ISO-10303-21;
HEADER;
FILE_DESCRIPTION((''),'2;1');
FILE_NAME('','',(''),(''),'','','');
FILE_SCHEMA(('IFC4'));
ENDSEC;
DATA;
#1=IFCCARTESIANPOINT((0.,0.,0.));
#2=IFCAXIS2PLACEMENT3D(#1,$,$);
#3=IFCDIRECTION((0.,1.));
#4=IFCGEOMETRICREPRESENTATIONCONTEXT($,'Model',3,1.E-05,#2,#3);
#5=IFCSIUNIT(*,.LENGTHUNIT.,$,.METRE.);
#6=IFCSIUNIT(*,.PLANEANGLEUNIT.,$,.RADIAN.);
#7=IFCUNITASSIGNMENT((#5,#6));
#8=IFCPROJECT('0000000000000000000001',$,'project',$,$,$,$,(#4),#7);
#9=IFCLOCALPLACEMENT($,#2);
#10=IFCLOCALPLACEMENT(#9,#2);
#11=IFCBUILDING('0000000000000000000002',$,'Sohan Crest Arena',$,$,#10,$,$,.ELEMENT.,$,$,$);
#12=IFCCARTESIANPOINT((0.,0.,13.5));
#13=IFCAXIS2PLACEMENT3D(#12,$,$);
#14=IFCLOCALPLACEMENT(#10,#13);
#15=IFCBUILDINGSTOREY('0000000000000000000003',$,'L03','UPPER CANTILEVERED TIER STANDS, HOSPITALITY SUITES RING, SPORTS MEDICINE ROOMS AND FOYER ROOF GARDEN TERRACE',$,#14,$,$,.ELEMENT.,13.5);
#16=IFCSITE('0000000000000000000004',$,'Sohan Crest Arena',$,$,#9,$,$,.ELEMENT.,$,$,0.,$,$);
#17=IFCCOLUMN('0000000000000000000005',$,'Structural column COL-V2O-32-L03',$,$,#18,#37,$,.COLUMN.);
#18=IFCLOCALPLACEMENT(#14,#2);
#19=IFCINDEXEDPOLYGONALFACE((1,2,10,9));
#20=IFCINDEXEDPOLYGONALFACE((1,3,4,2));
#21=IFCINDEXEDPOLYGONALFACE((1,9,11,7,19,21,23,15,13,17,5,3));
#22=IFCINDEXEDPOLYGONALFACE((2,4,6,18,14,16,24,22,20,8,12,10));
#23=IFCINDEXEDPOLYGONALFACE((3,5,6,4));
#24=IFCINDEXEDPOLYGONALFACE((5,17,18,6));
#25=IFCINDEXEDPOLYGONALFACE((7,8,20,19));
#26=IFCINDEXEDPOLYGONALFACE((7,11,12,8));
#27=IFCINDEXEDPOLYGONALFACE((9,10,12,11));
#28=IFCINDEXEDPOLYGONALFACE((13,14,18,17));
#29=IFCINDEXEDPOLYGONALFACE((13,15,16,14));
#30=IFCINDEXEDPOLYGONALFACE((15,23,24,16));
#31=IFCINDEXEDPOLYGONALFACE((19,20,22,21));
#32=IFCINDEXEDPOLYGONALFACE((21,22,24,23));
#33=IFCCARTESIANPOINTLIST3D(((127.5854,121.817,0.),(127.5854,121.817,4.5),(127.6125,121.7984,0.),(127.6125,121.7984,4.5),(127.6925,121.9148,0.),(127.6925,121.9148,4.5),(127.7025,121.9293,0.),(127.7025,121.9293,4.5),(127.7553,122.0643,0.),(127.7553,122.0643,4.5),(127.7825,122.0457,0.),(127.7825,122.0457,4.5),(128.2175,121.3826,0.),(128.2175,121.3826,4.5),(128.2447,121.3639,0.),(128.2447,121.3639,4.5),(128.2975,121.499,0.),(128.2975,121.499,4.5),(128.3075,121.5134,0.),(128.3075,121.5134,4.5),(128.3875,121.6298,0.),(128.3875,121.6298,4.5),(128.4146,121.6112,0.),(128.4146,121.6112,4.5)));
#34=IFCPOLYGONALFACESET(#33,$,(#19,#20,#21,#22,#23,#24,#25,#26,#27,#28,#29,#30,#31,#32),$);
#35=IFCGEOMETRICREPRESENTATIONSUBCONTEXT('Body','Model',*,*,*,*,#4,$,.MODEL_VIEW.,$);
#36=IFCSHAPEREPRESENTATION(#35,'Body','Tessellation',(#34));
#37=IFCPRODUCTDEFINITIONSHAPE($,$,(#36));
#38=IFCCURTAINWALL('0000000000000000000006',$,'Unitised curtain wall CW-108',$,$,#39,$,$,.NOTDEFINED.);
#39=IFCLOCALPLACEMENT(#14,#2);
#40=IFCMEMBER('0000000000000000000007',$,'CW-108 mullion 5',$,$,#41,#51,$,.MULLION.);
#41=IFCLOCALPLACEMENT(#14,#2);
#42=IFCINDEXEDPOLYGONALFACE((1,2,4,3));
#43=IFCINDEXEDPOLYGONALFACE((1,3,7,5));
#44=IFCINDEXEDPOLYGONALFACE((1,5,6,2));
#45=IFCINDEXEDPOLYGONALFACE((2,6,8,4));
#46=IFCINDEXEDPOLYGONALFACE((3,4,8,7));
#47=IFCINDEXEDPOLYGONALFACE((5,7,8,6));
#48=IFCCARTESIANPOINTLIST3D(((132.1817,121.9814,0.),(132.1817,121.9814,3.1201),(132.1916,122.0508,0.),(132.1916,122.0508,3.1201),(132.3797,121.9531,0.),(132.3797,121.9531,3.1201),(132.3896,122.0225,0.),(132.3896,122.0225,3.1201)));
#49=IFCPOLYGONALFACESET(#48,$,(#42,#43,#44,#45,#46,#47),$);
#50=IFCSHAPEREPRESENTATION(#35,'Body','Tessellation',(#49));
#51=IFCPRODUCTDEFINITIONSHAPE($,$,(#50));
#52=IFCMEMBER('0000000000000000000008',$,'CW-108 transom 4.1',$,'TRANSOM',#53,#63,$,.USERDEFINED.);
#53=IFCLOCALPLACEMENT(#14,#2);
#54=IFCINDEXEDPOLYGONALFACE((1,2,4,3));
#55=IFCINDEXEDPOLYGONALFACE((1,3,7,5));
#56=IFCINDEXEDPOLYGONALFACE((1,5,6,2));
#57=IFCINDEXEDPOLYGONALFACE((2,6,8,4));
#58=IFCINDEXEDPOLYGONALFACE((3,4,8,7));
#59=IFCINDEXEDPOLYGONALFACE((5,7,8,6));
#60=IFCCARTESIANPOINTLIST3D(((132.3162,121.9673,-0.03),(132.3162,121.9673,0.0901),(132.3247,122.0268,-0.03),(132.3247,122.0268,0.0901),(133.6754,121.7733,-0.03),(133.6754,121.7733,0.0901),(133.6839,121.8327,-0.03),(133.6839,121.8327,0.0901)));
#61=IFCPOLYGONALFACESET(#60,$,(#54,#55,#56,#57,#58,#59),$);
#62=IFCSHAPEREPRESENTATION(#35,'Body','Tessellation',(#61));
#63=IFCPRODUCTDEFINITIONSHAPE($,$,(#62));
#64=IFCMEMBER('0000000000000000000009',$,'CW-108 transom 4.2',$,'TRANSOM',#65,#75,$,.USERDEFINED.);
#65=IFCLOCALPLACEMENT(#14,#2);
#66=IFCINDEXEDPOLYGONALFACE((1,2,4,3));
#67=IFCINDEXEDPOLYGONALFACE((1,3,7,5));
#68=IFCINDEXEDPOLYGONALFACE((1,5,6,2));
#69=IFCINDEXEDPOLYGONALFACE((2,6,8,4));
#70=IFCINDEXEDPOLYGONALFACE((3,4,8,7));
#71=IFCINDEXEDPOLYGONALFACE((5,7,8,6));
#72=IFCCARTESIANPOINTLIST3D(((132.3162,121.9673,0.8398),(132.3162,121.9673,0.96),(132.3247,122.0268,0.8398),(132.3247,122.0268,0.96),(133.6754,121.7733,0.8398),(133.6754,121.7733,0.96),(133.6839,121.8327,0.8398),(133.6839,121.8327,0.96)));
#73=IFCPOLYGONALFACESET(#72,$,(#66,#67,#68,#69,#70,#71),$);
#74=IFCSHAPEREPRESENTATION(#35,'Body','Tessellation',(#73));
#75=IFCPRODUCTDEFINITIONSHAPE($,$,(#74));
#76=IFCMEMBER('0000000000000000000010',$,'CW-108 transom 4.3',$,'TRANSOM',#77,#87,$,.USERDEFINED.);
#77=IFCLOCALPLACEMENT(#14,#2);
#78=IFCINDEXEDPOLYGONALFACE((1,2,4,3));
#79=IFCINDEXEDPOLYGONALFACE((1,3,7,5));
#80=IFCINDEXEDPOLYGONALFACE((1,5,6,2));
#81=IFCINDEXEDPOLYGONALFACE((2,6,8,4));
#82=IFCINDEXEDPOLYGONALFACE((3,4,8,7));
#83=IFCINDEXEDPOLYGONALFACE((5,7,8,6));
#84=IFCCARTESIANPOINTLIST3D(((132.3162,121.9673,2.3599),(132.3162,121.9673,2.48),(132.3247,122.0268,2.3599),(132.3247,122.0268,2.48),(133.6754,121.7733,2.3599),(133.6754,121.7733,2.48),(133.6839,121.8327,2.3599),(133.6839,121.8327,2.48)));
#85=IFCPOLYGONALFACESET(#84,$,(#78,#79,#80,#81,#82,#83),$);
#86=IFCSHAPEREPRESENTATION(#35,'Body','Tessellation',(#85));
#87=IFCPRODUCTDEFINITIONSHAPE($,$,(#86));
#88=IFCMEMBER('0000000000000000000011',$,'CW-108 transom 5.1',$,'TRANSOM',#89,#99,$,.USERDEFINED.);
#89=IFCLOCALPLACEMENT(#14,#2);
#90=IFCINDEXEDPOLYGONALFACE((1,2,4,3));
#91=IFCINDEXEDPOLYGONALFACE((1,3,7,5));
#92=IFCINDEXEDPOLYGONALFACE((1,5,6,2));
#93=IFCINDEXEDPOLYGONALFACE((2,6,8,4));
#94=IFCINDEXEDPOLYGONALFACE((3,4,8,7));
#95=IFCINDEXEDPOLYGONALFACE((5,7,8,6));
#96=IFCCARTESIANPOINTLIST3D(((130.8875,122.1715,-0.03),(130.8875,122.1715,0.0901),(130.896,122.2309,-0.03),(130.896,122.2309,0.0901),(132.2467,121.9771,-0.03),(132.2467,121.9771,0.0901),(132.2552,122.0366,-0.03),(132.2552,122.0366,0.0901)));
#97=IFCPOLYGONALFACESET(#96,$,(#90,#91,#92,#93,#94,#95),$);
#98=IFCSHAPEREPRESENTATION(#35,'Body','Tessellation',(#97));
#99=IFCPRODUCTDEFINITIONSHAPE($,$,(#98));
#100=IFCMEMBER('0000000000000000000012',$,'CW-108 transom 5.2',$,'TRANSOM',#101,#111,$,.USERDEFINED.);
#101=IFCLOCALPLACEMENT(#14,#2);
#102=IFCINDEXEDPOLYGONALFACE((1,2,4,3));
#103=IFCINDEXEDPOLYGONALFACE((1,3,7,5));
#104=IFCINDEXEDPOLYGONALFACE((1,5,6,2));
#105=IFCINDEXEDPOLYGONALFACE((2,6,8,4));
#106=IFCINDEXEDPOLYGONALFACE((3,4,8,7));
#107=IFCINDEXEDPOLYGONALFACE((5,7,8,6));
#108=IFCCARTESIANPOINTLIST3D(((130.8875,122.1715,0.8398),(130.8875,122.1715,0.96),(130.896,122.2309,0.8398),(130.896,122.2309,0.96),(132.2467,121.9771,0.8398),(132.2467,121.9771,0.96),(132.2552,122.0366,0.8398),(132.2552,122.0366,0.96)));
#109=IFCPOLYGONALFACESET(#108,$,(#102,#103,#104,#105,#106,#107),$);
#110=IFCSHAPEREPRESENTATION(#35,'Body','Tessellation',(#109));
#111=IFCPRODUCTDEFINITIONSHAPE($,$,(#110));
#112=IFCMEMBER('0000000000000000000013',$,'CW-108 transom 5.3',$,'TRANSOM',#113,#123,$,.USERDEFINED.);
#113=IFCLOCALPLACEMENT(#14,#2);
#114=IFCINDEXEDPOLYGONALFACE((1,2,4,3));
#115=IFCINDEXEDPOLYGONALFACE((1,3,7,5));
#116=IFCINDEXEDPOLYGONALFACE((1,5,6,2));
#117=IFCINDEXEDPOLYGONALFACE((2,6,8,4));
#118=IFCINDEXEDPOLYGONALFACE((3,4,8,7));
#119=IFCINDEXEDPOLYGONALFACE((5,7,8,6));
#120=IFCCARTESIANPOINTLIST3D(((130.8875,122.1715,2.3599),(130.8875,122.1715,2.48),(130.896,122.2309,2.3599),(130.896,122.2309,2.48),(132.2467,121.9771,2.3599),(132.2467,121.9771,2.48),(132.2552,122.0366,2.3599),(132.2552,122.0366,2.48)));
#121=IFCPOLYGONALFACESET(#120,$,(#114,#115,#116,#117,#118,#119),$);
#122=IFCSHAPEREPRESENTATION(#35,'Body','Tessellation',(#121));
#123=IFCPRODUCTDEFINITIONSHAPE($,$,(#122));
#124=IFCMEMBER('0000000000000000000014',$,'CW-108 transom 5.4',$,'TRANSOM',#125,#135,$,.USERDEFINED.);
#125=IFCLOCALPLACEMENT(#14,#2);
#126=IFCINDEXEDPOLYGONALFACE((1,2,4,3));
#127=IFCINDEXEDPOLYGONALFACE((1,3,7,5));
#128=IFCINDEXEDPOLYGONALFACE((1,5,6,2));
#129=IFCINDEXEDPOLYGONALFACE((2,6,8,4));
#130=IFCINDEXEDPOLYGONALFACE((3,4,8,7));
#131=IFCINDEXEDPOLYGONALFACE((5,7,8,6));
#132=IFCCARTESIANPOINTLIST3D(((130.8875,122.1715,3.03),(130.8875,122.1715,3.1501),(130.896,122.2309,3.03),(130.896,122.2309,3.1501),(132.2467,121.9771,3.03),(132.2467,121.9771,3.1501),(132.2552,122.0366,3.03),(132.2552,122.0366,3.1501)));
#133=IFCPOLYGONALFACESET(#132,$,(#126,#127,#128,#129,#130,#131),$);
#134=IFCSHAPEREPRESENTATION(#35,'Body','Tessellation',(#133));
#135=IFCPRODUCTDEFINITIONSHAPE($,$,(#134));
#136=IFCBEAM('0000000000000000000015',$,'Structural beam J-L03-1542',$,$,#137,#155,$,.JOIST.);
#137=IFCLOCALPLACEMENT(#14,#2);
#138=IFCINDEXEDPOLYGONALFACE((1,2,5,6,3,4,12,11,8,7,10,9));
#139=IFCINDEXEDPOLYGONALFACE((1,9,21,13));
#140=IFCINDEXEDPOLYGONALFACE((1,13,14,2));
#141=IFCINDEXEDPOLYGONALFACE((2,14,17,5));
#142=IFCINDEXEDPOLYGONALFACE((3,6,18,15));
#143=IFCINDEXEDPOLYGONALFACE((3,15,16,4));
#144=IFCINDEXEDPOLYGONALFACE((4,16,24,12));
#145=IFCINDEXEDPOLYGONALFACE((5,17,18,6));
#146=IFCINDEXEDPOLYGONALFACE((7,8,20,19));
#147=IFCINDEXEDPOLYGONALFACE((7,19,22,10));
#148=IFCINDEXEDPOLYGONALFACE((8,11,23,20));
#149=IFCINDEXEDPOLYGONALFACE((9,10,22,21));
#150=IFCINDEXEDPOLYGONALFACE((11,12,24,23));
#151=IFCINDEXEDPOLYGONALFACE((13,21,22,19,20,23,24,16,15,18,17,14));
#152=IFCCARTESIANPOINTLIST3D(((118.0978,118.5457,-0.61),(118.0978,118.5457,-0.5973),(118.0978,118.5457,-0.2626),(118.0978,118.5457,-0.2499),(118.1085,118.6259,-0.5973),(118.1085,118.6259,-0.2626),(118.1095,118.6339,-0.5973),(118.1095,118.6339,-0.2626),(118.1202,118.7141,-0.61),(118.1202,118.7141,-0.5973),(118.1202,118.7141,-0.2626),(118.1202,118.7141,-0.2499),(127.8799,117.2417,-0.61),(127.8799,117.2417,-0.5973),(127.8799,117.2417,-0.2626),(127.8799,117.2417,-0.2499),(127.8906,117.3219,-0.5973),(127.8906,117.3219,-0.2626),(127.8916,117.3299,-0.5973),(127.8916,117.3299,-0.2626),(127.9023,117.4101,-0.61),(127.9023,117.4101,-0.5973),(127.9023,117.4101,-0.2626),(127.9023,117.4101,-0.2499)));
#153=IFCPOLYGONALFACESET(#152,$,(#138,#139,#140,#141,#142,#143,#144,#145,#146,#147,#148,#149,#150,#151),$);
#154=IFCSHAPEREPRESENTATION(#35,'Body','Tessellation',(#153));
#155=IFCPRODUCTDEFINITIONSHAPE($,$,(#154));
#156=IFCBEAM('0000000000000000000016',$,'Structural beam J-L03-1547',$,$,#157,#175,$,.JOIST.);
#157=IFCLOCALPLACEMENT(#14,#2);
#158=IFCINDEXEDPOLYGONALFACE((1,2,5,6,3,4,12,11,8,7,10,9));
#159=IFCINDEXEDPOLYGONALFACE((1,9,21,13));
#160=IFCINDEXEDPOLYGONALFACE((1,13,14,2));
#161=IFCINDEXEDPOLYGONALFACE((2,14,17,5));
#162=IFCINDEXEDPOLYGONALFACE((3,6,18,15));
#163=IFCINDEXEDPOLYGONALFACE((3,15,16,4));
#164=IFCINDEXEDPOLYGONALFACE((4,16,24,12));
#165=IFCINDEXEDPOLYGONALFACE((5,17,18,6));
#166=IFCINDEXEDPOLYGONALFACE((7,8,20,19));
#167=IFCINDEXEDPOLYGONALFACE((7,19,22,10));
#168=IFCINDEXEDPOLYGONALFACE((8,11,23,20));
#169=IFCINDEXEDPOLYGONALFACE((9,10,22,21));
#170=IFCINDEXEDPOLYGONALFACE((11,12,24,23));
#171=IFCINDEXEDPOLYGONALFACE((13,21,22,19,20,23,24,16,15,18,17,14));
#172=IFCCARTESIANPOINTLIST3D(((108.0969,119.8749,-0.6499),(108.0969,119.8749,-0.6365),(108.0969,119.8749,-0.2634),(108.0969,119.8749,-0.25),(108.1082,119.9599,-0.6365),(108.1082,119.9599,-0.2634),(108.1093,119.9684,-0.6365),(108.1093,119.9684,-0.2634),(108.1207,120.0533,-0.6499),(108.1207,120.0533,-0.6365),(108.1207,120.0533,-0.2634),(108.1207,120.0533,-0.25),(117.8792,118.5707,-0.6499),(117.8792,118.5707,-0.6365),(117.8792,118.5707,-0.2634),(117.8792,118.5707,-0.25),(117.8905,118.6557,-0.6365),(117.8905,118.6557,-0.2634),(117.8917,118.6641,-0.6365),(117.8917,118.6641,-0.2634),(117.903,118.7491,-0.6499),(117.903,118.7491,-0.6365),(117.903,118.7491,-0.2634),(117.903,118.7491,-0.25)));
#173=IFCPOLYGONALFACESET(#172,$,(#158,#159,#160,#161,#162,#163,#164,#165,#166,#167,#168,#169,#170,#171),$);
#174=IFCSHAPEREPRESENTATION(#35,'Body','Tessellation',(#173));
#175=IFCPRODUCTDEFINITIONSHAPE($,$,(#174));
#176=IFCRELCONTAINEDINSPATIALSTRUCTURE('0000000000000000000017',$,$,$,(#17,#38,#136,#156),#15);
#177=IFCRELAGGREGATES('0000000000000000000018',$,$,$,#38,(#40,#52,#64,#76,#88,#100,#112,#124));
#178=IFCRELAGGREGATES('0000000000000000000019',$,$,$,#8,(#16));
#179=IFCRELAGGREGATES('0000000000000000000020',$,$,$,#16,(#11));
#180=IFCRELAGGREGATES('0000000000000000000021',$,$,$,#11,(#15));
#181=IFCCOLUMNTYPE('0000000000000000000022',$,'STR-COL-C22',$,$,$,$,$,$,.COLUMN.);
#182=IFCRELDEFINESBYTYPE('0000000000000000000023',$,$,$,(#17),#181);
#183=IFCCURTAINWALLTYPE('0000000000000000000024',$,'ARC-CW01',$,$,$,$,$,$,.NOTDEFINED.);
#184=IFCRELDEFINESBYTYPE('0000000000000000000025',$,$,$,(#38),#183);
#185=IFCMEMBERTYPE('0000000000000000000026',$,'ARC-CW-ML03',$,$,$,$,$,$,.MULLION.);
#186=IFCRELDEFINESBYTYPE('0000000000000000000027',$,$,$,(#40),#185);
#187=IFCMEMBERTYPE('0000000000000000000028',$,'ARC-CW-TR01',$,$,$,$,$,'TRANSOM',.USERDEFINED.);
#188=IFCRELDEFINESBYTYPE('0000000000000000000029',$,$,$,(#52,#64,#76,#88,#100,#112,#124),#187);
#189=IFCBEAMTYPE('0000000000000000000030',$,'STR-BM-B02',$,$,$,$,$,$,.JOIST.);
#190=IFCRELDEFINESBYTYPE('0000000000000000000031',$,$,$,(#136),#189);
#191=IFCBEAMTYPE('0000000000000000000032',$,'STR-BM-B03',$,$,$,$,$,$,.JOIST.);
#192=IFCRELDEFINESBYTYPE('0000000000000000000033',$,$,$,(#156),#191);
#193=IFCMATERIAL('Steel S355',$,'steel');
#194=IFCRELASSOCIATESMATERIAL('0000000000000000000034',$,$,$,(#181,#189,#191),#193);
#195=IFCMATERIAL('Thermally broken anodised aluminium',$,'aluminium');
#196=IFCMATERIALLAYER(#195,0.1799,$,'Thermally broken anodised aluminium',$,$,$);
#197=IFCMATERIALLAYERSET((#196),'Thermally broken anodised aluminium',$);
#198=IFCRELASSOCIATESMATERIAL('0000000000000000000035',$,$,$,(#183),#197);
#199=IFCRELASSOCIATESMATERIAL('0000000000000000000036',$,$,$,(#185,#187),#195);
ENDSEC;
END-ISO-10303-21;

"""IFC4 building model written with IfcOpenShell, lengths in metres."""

from ifc_helpers import new_model, si_unit, direction, frame, origin, origin_2d, place, context, subcontext, project, spatial, rectangle, i_section, extrude, material, layer, layer_set, material_profile, profile_set, type_object, element, aggregate, save


model = new_model("IFC4")

# Units and contexts
model_context = context("Model", 3, precision=1e-05, world=origin(), true_north=direction((0.0, 1.0)))
body_context = subcontext(model_context, "Body", "Model", "MODEL_VIEW")
ifc_project = project(units=[si_unit("LENGTHUNIT", "METRE"), si_unit("PLANEANGLEUNIT", "RADIAN")], contexts=[model_context])

# Site, building, storey
site_placement = place(None, origin())
site = spatial("IfcSite", under=ifc_project, at=site_placement, Name="Sohan Crest Arena", CompositionType="ELEMENT", RefElevation=0.0)
building_placement = place(site_placement, origin())
building = spatial("IfcBuilding", under=site, at=building_placement, Name="Sohan Crest Arena", CompositionType="ELEMENT")
storey_placement = place(building_placement, frame((0.0, 0.0, 13.5)))
storey = spatial("IfcBuildingStorey", under=building, at=storey_placement, Name="L03", Description="UPPER CANTILEVERED TIER STANDS, HOSPITALITY SUITES RING, SPORTS MEDICINE ROOMS AND FOYER ROOF GARDEN TERRACE", CompositionType="ELEMENT", Elevation=13.5)

# Column
ifc_material_1 = material(Name="Steel S355", Category="steel")
ifc_material_profile_1 = material_profile(ifc_material_1, i_section(OverallWidth=0.3, OverallDepth=0.8, WebThickness=0.0176, FlangeThickness=0.033, at=origin_2d()), Name="HEB 800")
ifc_profile_set_1 = profile_set([ifc_material_profile_1], Name="Steel S355")
column_type = type_object("IfcColumnType", Name="STR-COL-C22", PredefinedType="COLUMN", material=ifc_profile_set_1)
column_placement = place(storey_placement, frame((128.0, 121.7141, 0.0), z_axis=(0.0, 0.0, 1.0), x_axis=(0.566406, 0.824126, 0.0)))
element("IfcColumn", 1, at=column_placement, inside=storey, type_object=column_type, Name="Structural column COL-V2O-32-L03", PredefinedType="COLUMN", context=body_context, shape_type="SweptSolid", body=[
    extrude(i_section(OverallWidth=0.3, OverallDepth=0.8, WebThickness=0.0176, FlangeThickness=0.033, at=origin_2d()), origin(), (0.0, 0.0, 1.0), 4.5),
])

# Curtain wall, members
ifc_material_2 = material(Name="Thermally broken anodised aluminium", Category="aluminium")
ifc_layer_1 = layer(ifc_material_2, 0.1799, Name="Thermally broken anodised aluminium")
ifc_layer_set_1 = layer_set([ifc_layer_1], Name="Thermally broken anodised aluminium")
curtain_wall_type = type_object("IfcCurtainWallType", Name="ARC-CW01", PredefinedType="NOTDEFINED", material=ifc_layer_set_1)
curtain_wall_placement = place(storey_placement, origin())
curtain_wall = element("IfcCurtainWall", 2, at=curtain_wall_placement, inside=storey, type_object=curtain_wall_type, Name="Unitised curtain wall CW-108", PredefinedType="NOTDEFINED")
ifc_material_profile_2 = material_profile(ifc_material_2, rectangle(XDim=0.0701, YDim=0.2, at=origin_2d()), Name="ALU-MULL 70x200")
ifc_profile_set_2 = profile_set([ifc_material_profile_2], Name="Thermally broken anodised aluminium")
member_type_1 = type_object("IfcMemberType", Name="ARC-CW-ML03", PredefinedType="MULLION", material=ifc_profile_set_2)
member_1_placement = place(storey_placement, frame((132.2856, 122.002, 0.0), z_axis=(0.0, 0.0, 1.0), x_axis=(-0.141366, -0.989957, 0.0)))
member_1 = element("IfcMember", 3, at=member_1_placement, type_object=member_type_1, Name="CW-108 mullion 5", PredefinedType="MULLION", context=body_context, shape_type="SweptSolid", body=[
    extrude(rectangle(XDim=0.0701, YDim=0.2, at=origin_2d()), origin(), (0.0, 0.0, 1.0), 3.1201),
])
ifc_material_profile_3 = material_profile(ifc_material_2, rectangle(XDim=0.0601, YDim=0.1201, at=origin_2d()), Name="ALU-TRAN 60x120")
ifc_profile_set_3 = profile_set([ifc_material_profile_3], Name="Thermally broken anodised aluminium")
member_type_2 = type_object("IfcMemberType", Name="ARC-CW-TR01", ElementType="TRANSOM", PredefinedType="USERDEFINED", material=ifc_profile_set_3)
member_2_placement = place(storey_placement, frame((133.6797, 121.803, 0.03), z_axis=(-0.98996, 0.141347, 0.0), x_axis=(-0.141347, -0.98996, 0.0)))
member_2 = element("IfcMember", 4, at=member_2_placement, type_object=member_type_2, Name="CW-108 transom 4.1", ObjectType="TRANSOM", PredefinedType="USERDEFINED", context=body_context, shape_type="SweptSolid", body=[
    extrude(rectangle(XDim=0.0601, YDim=0.1201, at=origin_2d()), origin(), (0.0, 0.0, 1.0), 1.373),
])
member_3_placement = place(storey_placement, frame((133.6797, 121.803, 0.8999), z_axis=(-0.98996, 0.141347, 0.0), x_axis=(-0.141347, -0.98996, 0.0)))
member_3 = element("IfcMember", 5, at=member_3_placement, type_object=member_type_2, Name="CW-108 transom 4.2", ObjectType="TRANSOM", PredefinedType="USERDEFINED", context=body_context, shape_type="SweptSolid", body=[
    extrude(rectangle(XDim=0.0601, YDim=0.1201, at=origin_2d()), origin(), (0.0, 0.0, 1.0), 1.373),
])
member_4_placement = place(storey_placement, frame((133.6797, 121.803, 2.4199), z_axis=(-0.98996, 0.141347, 0.0), x_axis=(-0.141347, -0.98996, 0.0)))
member_4 = element("IfcMember", 6, at=member_4_placement, type_object=member_type_2, Name="CW-108 transom 4.3", ObjectType="TRANSOM", PredefinedType="USERDEFINED", context=body_context, shape_type="SweptSolid", body=[
    extrude(rectangle(XDim=0.0601, YDim=0.1201, at=origin_2d()), origin(), (0.0, 0.0, 1.0), 1.373),
])
member_5_placement = place(storey_placement, frame((132.251, 122.0068, 0.03), z_axis=(-0.989932, 0.141546, 0.0), x_axis=(-0.141546, -0.989932, 0.0)))
member_5 = element("IfcMember", 7, at=member_5_placement, type_object=member_type_2, Name="CW-108 transom 5.1", ObjectType="TRANSOM", PredefinedType="USERDEFINED", context=body_context, shape_type="SweptSolid", body=[
    extrude(rectangle(XDim=0.0601, YDim=0.1201, at=origin_2d()), origin(), (0.0, 0.0, 1.0), 1.373),
])
member_6_placement = place(storey_placement, frame((132.251, 122.0068, 0.8999), z_axis=(-0.989932, 0.141546, 0.0), x_axis=(-0.141546, -0.989932, 0.0)))
member_6 = element("IfcMember", 8, at=member_6_placement, type_object=member_type_2, Name="CW-108 transom 5.2", ObjectType="TRANSOM", PredefinedType="USERDEFINED", context=body_context, shape_type="SweptSolid", body=[
    extrude(rectangle(XDim=0.0601, YDim=0.1201, at=origin_2d()), origin(), (0.0, 0.0, 1.0), 1.373),
])
member_7_placement = place(storey_placement, frame((132.251, 122.0068, 2.4199), z_axis=(-0.989932, 0.141546, 0.0), x_axis=(-0.141546, -0.989932, 0.0)))
member_7 = element("IfcMember", 9, at=member_7_placement, type_object=member_type_2, Name="CW-108 transom 5.3", ObjectType="TRANSOM", PredefinedType="USERDEFINED", context=body_context, shape_type="SweptSolid", body=[
    extrude(rectangle(XDim=0.0601, YDim=0.1201, at=origin_2d()), origin(), (0.0, 0.0, 1.0), 1.373),
])
member_8_placement = place(storey_placement, frame((132.251, 122.0068, 3.0901), z_axis=(-0.989932, 0.141546, 0.0), x_axis=(-0.141546, -0.989932, 0.0)))
member_8 = element("IfcMember", 10, at=member_8_placement, type_object=member_type_2, Name="CW-108 transom 5.4", ObjectType="TRANSOM", PredefinedType="USERDEFINED", context=body_context, shape_type="SweptSolid", body=[
    extrude(rectangle(XDim=0.0601, YDim=0.1201, at=origin_2d()), origin(), (0.0, 0.0, 1.0), 1.373),
])

# Beams
ifc_material_profile_4 = material_profile(ifc_material_1, i_section(OverallWidth=0.1699, OverallDepth=0.3601, WebThickness=0.0081, FlangeThickness=0.0127, at=origin_2d()), Name="IPE 360")
ifc_profile_set_4 = profile_set([ifc_material_profile_4], Name="Steel S355")
beam_type_1 = type_object("IfcBeamType", Name="STR-BM-B02", PredefinedType="JOIST", material=ifc_profile_set_4)
beam_1_placement = place(storey_placement, frame((127.8911, 117.3259, -0.4299), z_axis=(-0.991232, 0.13213, 0.0), x_axis=(-0.13213, -0.991232, 0.0)))
element("IfcBeam", 11, at=beam_1_placement, inside=storey, type_object=beam_type_1, Name="Structural beam J-L03-1542", PredefinedType="JOIST", context=body_context, shape_type="SweptSolid", body=[
    extrude(i_section(OverallWidth=0.1699, OverallDepth=0.3601, WebThickness=0.0081, FlangeThickness=0.0127, at=origin_2d()), origin(), (0.0, 0.0, 1.0), 9.8687),
])
ifc_material_profile_5 = material_profile(ifc_material_1, i_section(OverallWidth=0.1799, OverallDepth=0.3999, WebThickness=0.0085, FlangeThickness=0.0134, at=origin_2d()), Name="IPE 400")
ifc_profile_set_5 = profile_set([ifc_material_profile_5], Name="Steel S355")
beam_type_2 = type_object("IfcBeamType", Name="STR-BM-B03", PredefinedType="JOIST", material=ifc_profile_set_5)
beam_2_placement = place(storey_placement, frame((117.8911, 118.6599, -0.45), z_axis=(-0.991229, 0.132154, 0.0), x_axis=(-0.132154, -0.991229, 0.0)))
element("IfcBeam", 12, at=beam_2_placement, inside=storey, type_object=beam_type_2, Name="Structural beam J-L03-1547", PredefinedType="JOIST", context=body_context, shape_type="SweptSolid", body=[
    extrude(i_section(OverallWidth=0.1799, OverallDepth=0.3999, WebThickness=0.0085, FlangeThickness=0.0134, at=origin_2d()), origin(), (0.0, 0.0, 1.0), 9.8689),
])

aggregate(curtain_wall, [member_1, member_2, member_3, member_4, member_5, member_6, member_7, member_8])

save(model, "model.ifc")
